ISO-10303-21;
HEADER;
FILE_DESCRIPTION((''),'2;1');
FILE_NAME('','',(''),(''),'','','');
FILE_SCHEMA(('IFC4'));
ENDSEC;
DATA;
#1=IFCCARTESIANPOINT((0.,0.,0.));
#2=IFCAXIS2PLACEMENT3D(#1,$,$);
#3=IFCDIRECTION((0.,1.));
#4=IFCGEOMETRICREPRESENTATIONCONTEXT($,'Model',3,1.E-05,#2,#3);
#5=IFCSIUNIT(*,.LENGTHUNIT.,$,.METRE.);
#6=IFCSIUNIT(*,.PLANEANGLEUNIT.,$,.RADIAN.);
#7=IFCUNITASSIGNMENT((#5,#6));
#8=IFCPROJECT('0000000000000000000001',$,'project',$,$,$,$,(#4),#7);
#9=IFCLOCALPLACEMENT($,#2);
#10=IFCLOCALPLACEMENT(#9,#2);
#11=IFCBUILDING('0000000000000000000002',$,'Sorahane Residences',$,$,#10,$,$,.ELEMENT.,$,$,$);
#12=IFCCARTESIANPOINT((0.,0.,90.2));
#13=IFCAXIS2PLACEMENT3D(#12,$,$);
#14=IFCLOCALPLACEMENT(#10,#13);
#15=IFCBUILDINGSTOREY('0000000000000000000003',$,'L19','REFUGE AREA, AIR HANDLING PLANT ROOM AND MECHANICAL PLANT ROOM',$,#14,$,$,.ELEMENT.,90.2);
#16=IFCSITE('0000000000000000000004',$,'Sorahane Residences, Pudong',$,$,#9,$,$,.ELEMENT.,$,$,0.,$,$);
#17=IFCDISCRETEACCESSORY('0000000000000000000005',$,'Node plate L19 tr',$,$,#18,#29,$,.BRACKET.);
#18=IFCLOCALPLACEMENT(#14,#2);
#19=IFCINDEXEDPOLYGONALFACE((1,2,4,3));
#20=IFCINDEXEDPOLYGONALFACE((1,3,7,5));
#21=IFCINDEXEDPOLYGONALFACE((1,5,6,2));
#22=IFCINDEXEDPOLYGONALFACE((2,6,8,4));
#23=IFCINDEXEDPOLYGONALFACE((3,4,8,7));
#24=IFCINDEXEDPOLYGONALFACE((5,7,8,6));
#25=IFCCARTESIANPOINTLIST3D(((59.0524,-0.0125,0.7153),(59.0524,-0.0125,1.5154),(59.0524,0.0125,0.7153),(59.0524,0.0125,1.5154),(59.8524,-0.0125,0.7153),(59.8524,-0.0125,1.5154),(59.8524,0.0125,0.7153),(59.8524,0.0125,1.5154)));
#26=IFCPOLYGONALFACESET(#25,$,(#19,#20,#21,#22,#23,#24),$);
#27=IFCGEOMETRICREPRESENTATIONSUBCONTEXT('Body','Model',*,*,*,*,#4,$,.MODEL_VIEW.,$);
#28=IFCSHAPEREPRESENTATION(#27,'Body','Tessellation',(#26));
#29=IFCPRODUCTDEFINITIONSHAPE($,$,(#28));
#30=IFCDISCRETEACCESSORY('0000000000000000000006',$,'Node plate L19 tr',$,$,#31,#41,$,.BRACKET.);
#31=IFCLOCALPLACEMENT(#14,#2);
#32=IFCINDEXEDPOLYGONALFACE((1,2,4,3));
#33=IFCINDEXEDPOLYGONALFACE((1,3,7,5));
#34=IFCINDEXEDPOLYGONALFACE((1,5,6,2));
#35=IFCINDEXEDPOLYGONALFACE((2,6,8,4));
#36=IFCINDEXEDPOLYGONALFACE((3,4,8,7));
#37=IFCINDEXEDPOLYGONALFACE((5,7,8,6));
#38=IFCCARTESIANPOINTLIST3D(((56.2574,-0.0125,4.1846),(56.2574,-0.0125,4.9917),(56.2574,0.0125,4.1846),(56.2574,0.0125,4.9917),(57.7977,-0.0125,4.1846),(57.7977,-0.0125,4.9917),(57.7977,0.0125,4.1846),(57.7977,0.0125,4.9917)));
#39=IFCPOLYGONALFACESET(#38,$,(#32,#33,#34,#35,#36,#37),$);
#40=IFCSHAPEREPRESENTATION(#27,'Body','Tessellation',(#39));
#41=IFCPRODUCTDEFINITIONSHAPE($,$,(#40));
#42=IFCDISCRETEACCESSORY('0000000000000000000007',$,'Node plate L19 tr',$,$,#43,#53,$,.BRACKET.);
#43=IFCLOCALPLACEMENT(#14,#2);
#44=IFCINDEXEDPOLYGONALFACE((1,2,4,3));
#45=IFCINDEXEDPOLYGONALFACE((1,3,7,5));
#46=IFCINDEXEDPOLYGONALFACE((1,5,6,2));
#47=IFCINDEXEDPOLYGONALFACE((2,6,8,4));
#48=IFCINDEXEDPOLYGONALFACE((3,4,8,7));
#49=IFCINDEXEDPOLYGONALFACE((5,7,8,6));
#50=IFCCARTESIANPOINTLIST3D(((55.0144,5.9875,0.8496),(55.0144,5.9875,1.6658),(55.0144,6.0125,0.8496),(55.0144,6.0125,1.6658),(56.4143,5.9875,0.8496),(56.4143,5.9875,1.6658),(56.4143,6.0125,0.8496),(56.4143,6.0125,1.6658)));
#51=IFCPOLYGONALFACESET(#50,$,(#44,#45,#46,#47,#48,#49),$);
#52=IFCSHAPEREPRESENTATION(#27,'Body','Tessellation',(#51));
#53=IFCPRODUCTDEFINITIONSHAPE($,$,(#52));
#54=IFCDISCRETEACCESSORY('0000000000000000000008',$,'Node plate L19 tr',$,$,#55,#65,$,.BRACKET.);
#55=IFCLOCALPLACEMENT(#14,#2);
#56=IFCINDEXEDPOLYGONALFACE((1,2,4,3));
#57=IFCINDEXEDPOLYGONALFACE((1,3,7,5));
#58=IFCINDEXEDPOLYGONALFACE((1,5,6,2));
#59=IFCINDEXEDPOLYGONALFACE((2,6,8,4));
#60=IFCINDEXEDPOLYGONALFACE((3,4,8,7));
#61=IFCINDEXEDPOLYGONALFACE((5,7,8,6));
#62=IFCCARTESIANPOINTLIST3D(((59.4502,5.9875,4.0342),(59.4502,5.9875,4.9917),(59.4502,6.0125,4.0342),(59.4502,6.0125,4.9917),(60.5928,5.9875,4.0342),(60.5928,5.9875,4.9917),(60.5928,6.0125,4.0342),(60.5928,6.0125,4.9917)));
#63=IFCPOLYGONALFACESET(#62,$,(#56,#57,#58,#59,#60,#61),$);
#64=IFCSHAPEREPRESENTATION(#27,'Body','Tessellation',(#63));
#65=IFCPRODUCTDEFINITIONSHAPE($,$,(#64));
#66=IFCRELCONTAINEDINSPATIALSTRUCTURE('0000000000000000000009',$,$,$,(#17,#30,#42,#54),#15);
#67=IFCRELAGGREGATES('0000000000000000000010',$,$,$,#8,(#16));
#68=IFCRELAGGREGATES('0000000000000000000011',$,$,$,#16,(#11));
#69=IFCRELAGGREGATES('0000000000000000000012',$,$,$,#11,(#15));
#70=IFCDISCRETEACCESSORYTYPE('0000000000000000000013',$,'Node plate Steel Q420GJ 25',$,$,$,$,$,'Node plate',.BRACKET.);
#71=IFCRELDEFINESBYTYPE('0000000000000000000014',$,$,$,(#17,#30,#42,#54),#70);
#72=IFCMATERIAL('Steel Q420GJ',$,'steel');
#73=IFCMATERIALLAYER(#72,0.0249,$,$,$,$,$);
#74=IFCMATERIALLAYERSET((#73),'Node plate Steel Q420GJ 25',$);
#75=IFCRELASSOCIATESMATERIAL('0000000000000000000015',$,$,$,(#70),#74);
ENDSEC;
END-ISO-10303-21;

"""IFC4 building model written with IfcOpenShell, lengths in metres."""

from ifc_helpers import new_model, si_unit, direction, frame, origin, origin_2d, place, context, subcontext, project, spatial, rectangle, extrude, material, layer, layer_set, type_object, element, save


model = new_model("IFC4")

# Units and contexts
model_context = context("Model", 3, precision=1e-05, world=origin(), true_north=direction((0.0, 1.0)))
body_context = subcontext(model_context, "Body", "Model", "MODEL_VIEW")
ifc_project = project(units=[si_unit("LENGTHUNIT", "METRE"), si_unit("PLANEANGLEUNIT", "RADIAN")], contexts=[model_context])

# Site, building, storey
site_placement = place(None, origin())
site = spatial("IfcSite", under=ifc_project, at=site_placement, Name="Sorahane Residences, Pudong", CompositionType="ELEMENT", RefElevation=0.0)
building_placement = place(site_placement, origin())
building = spatial("IfcBuilding", under=site, at=building_placement, Name="Sorahane Residences", CompositionType="ELEMENT")
storey_placement = place(building_placement, frame((0.0, 0.0, 90.2)))
storey = spatial("IfcBuildingStorey", under=building, at=storey_placement, Name="L19", Description="REFUGE AREA, AIR HANDLING PLANT ROOM AND MECHANICAL PLANT ROOM", CompositionType="ELEMENT", Elevation=90.2)

# Discrete accessories
ifc_material_1 = material(Name="Steel Q420GJ", Category="steel")
ifc_layer_1 = layer(ifc_material_1, 0.0249)
ifc_layer_set_1 = layer_set([ifc_layer_1], Name="Node plate Steel Q420GJ 25")
discrete_accessory_type_1 = type_object("IfcDiscreteAccessoryType", Name="Node plate Steel Q420GJ 25", ElementType="Node plate", PredefinedType="BRACKET", material=ifc_layer_set_1)
discrete_accessory_1_placement = place(storey_placement, frame((59.4524, 0.0, 0.7153), z_axis=(0.0, 0.0, 1.0), x_axis=(1.0, 0.0, 0.0)))
element("IfcDiscreteAccessory", 1, at=discrete_accessory_1_placement, inside=storey, type_object=discrete_accessory_type_1, Name="Node plate L19 tr", PredefinedType="BRACKET", context=body_context, shape_type="SweptSolid", body=[
    extrude(rectangle(XDim=0.8, YDim=0.0249, at=origin_2d()), origin(), (0.0, 0.0, 1.0), 0.8),
])
discrete_accessory_2_placement = place(storey_placement, frame((57.0276, 0.0, 4.1846), z_axis=(0.0, 0.0, 1.0), x_axis=(1.0, 0.0, 0.0)))
element("IfcDiscreteAccessory", 2, at=discrete_accessory_2_placement, inside=storey, type_object=discrete_accessory_type_1, Name="Node plate L19 tr", PredefinedType="BRACKET", context=body_context, shape_type="SweptSolid", body=[
    extrude(rectangle(XDim=1.5403, YDim=0.0249, at=origin_2d()), origin(), (0.0, 0.0, 1.0), 0.8071),
])
discrete_accessory_3_placement = place(storey_placement, frame((55.7144, 6.0, 0.8496), z_axis=(0.0, 0.0, 1.0), x_axis=(1.0, 0.0, 0.0)))
element("IfcDiscreteAccessory", 3, at=discrete_accessory_3_placement, inside=storey, type_object=discrete_accessory_type_1, Name="Node plate L19 tr", PredefinedType="BRACKET", context=body_context, shape_type="SweptSolid", body=[
    extrude(rectangle(XDim=1.3999, YDim=0.0249, at=origin_2d()), origin(), (0.0, 0.0, 1.0), 0.8162),
])
discrete_accessory_4_placement = place(storey_placement, frame((60.0215, 6.0, 4.0342), z_axis=(0.0, 0.0, 1.0), x_axis=(1.0, 0.0, 0.0)))
element("IfcDiscreteAccessory", 4, at=discrete_accessory_4_placement, inside=storey, type_object=discrete_accessory_type_1, Name="Node plate L19 tr", PredefinedType="BRACKET", context=body_context, shape_type="SweptSolid", body=[
    extrude(rectangle(XDim=1.1426, YDim=0.0249, at=origin_2d()), origin(), (0.0, 0.0, 1.0), 0.9575),
])

save(model, "model.ifc")
